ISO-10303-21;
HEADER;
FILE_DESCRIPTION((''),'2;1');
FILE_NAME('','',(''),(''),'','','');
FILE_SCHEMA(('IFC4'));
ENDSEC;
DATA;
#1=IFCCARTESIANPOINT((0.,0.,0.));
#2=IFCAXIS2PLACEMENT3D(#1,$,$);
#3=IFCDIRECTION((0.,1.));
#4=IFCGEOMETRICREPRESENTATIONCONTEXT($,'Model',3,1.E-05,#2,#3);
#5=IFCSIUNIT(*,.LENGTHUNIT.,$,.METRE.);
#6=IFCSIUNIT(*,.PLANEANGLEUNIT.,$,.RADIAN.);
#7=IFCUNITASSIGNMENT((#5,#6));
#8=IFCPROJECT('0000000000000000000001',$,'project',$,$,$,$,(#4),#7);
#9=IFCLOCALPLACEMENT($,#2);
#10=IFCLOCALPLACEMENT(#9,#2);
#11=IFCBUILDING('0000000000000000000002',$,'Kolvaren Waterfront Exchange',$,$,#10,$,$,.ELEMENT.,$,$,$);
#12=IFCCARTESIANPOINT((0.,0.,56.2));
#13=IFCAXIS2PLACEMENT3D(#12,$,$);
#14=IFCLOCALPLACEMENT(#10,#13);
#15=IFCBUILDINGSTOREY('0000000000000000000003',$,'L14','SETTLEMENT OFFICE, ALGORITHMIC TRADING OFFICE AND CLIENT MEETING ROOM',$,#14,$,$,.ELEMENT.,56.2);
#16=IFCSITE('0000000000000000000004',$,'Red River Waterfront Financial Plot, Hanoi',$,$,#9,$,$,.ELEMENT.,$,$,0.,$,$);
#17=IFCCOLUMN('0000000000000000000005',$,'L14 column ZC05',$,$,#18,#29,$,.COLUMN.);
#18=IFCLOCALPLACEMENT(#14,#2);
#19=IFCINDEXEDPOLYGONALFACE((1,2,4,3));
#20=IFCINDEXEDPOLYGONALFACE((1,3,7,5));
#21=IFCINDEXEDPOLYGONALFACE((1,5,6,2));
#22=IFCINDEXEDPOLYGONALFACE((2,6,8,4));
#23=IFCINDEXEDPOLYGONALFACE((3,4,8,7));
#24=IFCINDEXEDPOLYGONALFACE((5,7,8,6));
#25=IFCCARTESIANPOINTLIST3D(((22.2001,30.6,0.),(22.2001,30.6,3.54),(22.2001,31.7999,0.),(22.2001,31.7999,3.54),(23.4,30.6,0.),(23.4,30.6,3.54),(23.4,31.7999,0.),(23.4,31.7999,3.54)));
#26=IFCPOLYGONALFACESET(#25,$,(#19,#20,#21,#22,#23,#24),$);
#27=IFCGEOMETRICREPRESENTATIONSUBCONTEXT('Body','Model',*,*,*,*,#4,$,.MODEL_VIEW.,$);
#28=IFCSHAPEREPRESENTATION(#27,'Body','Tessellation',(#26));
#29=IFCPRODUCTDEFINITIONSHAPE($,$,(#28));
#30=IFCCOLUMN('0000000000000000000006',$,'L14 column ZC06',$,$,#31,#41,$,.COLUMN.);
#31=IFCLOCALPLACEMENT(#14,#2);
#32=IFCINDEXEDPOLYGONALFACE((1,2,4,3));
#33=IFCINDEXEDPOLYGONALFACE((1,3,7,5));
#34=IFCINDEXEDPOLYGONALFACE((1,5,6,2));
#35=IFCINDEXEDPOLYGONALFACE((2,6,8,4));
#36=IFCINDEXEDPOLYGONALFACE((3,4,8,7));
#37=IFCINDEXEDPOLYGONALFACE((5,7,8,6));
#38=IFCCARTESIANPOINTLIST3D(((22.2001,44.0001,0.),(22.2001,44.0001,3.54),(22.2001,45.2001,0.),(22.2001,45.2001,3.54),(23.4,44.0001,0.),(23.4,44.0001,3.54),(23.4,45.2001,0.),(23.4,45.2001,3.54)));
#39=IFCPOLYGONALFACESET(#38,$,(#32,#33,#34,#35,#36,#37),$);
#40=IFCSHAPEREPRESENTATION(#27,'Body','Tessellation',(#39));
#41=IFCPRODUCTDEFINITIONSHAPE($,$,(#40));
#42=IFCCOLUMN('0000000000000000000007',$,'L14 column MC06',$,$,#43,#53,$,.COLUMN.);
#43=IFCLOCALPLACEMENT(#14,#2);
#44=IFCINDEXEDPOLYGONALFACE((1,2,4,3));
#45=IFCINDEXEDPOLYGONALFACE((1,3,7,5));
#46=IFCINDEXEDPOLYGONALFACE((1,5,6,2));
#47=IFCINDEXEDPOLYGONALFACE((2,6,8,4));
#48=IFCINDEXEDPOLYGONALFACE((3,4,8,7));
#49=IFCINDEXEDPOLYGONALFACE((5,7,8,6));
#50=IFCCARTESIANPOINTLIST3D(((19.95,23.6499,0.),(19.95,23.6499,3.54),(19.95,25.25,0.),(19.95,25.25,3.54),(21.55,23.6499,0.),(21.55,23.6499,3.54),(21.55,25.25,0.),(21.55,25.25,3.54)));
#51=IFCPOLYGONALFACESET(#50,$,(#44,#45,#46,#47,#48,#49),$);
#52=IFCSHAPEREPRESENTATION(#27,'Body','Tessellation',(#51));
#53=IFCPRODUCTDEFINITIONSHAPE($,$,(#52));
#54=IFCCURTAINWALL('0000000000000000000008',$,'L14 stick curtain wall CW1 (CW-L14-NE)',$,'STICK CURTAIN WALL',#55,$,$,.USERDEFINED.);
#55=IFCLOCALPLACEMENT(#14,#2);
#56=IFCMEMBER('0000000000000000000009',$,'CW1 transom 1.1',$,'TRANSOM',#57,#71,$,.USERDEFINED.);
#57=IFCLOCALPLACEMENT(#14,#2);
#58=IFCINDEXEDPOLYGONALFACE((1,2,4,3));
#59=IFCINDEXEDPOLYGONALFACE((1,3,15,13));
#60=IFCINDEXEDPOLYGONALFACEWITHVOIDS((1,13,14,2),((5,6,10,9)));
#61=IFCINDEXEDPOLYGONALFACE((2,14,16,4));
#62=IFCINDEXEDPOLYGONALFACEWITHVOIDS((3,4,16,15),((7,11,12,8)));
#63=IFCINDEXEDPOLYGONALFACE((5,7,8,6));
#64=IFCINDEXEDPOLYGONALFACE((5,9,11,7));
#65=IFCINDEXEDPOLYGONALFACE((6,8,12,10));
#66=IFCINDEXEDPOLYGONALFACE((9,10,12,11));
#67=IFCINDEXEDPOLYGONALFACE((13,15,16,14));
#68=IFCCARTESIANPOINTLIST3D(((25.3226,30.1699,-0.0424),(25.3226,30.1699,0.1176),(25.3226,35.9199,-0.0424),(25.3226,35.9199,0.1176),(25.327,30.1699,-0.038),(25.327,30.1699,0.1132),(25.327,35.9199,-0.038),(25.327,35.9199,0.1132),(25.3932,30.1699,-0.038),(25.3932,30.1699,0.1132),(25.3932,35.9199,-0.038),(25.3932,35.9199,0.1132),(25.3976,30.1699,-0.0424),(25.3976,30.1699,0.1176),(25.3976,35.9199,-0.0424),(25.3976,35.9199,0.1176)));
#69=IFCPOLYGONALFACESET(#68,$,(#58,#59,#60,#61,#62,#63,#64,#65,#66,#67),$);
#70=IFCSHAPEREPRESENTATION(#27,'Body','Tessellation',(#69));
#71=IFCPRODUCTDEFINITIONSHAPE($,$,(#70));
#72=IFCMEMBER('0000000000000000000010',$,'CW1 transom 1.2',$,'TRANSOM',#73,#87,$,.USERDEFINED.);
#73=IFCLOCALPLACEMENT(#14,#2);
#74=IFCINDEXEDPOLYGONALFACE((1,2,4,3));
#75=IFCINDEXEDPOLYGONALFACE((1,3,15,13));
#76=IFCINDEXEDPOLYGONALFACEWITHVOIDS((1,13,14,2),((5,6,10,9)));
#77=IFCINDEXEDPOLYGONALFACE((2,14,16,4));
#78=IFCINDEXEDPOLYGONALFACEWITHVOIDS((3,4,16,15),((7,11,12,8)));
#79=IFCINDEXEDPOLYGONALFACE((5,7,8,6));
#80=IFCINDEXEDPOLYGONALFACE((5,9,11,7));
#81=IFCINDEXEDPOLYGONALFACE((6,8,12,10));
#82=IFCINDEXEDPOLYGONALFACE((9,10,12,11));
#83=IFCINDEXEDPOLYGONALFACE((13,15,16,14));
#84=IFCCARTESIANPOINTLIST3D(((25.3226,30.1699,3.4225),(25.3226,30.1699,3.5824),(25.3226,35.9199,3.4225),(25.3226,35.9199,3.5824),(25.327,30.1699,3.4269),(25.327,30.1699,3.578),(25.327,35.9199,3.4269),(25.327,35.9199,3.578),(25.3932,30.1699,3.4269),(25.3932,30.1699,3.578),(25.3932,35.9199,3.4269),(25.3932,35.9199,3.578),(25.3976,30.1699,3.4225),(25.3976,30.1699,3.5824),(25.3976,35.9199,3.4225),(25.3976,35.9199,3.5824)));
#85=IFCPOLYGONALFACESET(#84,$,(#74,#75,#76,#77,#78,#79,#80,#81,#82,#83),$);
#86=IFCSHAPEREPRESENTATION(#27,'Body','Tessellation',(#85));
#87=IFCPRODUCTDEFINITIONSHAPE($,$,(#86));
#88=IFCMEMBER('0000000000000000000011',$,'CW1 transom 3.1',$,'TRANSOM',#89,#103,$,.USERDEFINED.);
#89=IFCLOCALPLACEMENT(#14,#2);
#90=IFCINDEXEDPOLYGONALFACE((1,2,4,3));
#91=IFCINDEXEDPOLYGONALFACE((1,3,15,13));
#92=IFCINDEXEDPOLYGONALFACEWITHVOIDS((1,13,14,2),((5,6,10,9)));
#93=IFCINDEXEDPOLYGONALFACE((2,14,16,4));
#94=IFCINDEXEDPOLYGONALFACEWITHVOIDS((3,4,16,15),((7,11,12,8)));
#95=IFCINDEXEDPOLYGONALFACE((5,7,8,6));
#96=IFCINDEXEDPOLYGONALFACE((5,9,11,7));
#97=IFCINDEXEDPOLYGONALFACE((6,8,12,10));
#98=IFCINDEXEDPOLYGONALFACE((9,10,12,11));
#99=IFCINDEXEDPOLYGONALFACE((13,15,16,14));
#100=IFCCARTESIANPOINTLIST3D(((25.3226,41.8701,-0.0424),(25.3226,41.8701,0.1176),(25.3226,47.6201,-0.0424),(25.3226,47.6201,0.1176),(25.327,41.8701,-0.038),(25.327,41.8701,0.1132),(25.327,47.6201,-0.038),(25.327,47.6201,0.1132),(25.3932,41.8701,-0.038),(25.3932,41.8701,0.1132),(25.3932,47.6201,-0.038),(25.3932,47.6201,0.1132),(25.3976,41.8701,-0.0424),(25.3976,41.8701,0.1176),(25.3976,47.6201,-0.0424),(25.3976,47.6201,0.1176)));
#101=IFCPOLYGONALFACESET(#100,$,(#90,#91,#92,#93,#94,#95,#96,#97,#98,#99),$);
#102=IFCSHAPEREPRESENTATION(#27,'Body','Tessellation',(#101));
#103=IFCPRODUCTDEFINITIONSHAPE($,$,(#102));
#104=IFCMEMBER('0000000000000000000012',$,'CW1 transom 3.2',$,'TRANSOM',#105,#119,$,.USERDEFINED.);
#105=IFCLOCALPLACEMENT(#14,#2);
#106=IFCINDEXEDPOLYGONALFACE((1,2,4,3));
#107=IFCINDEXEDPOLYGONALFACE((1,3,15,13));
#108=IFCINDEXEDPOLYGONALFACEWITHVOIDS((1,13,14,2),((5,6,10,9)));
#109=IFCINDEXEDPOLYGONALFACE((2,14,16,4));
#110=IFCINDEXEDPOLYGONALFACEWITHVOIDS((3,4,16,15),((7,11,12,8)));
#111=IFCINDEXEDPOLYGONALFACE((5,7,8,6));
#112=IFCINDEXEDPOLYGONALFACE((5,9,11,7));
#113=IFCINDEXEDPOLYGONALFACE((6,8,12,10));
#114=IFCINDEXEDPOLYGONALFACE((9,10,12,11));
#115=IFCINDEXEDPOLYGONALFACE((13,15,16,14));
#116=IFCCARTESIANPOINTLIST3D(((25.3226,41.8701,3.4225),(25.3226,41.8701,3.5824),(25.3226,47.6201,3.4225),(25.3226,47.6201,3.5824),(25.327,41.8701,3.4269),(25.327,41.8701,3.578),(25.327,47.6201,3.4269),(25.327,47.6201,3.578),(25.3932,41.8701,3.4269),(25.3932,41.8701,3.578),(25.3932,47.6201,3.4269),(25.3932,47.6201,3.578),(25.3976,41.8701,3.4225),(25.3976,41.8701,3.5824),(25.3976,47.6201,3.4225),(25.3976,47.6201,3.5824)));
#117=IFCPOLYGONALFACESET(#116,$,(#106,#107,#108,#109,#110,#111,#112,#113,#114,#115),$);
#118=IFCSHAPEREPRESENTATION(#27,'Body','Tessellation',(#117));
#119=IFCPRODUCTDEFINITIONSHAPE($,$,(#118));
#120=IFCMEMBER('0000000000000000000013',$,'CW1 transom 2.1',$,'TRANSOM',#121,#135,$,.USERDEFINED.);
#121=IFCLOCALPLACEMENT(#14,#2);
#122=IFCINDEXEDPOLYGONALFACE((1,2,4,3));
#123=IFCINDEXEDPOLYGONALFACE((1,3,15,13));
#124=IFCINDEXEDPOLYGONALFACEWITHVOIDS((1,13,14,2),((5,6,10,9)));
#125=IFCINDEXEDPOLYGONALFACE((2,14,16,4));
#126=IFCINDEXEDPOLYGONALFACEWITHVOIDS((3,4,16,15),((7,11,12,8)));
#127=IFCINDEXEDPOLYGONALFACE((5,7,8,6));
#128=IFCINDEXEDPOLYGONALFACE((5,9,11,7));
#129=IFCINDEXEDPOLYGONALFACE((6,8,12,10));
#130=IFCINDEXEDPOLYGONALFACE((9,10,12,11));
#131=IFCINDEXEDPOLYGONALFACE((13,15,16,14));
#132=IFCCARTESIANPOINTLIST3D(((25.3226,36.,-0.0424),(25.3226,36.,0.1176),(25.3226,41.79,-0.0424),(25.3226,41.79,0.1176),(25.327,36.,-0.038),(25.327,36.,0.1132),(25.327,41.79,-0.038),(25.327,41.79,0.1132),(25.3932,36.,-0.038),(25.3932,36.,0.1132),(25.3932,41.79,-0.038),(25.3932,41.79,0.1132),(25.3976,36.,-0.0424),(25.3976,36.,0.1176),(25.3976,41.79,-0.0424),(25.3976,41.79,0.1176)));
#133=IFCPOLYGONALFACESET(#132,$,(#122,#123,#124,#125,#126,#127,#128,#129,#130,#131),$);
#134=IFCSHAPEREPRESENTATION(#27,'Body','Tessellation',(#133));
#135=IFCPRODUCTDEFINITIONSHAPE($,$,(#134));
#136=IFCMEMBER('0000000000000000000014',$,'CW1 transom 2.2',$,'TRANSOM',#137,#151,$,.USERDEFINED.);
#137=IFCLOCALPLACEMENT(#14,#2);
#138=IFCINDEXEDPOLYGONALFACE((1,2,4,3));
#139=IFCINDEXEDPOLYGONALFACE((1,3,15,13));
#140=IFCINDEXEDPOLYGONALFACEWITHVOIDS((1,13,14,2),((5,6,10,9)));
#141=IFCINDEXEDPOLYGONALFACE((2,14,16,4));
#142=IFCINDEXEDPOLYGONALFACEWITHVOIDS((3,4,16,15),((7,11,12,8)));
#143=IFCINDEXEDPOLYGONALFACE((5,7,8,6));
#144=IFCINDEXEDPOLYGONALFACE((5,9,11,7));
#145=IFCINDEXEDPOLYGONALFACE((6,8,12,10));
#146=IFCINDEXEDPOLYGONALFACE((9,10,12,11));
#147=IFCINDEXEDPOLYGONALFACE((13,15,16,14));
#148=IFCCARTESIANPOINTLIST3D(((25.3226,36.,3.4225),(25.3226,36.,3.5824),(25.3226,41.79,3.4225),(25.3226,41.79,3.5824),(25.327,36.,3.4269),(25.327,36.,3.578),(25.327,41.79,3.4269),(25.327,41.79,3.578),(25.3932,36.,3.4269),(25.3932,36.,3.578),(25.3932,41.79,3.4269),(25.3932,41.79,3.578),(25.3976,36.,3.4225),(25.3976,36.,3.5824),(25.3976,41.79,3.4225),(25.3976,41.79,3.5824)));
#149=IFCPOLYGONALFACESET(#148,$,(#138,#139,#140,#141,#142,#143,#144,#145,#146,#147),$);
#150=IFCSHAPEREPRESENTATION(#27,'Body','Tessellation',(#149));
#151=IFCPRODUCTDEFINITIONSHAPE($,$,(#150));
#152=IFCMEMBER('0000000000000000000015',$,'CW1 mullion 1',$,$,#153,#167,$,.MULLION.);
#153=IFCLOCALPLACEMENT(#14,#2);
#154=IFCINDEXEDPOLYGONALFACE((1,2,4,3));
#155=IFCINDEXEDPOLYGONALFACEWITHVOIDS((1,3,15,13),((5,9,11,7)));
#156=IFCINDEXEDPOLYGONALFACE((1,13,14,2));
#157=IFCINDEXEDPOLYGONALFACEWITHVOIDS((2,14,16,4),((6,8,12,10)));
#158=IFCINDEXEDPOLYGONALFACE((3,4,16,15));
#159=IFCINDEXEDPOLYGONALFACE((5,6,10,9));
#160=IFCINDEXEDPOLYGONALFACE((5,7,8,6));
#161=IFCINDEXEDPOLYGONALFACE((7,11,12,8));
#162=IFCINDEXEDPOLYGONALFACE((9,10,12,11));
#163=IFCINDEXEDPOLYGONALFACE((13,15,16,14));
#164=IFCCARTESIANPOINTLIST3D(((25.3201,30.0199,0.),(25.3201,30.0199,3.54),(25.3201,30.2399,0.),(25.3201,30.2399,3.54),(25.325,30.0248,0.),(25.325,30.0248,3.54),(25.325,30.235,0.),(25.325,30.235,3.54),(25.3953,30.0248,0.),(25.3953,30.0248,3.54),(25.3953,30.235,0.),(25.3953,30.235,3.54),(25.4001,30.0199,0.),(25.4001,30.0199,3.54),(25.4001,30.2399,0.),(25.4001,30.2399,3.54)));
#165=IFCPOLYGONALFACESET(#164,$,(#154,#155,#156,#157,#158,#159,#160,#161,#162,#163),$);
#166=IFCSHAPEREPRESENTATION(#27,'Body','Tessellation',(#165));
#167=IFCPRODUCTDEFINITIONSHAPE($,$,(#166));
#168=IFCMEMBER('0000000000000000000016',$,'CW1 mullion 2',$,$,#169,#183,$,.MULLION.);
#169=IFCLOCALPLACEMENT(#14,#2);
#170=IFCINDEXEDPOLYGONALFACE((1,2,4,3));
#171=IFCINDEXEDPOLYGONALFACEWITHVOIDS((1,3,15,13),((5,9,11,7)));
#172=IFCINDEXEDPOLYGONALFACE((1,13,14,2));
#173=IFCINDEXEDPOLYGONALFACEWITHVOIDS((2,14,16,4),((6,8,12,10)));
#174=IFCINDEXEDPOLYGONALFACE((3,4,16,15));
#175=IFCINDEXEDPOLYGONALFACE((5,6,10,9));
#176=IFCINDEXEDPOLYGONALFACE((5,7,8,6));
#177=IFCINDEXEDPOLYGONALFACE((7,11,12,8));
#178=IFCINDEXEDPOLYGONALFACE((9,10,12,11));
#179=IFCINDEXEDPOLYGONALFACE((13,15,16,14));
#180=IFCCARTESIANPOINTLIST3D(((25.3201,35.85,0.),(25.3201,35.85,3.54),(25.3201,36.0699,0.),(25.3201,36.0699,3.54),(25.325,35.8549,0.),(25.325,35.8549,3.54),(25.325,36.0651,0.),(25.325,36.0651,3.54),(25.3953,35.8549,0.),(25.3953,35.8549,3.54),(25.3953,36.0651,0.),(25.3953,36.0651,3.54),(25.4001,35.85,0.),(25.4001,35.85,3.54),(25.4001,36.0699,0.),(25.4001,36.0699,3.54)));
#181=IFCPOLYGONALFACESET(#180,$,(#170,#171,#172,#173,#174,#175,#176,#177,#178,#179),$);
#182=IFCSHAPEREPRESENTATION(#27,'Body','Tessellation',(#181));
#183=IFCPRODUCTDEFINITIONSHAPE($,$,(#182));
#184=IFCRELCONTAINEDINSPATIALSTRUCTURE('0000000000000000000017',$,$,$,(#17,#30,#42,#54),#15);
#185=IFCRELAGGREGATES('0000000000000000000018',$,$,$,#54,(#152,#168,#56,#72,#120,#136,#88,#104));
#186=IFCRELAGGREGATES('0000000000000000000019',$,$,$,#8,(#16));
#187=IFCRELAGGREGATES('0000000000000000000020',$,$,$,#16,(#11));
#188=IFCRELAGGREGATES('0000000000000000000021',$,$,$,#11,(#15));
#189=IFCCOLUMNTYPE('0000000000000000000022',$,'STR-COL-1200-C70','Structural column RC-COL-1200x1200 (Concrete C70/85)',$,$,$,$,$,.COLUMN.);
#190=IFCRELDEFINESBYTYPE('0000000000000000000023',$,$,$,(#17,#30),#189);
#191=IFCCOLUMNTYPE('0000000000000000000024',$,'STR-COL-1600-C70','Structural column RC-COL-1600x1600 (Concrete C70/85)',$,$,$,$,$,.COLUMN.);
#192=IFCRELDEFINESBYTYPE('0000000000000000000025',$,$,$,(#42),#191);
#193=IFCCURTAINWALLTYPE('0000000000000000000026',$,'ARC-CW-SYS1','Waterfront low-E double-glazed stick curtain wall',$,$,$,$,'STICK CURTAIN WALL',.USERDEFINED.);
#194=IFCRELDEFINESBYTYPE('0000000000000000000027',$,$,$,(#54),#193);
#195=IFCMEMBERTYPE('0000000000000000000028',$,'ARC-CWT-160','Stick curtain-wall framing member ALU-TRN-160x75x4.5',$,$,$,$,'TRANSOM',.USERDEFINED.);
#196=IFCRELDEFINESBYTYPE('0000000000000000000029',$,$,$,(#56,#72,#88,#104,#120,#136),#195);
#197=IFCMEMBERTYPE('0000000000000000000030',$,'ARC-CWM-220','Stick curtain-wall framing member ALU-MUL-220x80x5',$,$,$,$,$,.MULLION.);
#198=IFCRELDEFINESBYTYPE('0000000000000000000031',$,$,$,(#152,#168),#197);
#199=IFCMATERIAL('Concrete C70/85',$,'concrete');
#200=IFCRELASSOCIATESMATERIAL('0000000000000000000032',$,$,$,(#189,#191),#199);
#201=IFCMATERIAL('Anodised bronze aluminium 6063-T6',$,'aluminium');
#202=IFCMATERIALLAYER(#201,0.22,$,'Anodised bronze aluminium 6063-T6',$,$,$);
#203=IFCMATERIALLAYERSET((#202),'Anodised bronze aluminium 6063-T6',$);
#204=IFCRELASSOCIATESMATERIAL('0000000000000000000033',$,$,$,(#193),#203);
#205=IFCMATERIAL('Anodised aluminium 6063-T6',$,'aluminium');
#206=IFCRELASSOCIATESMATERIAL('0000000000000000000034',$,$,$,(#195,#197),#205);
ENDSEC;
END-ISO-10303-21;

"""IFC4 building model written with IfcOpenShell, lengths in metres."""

from ifc_helpers import new_model, si_unit, direction, frame, origin, origin_with_axes, origin_2d, place, context, subcontext, project, spatial, rectangle, hollow_rectangle, extrude, source, transform, mapped, material, layer, layer_set, material_profile, profile_set, type_object, element, aggregate, save


model = new_model("IFC4")

# Units and contexts
model_context = context("Model", 3, precision=1e-05, world=origin(), true_north=direction((0.0, 1.0)))
body_context = subcontext(model_context, "Body", "Model", "MODEL_VIEW")
ifc_project = project(units=[si_unit("LENGTHUNIT", "METRE"), si_unit("PLANEANGLEUNIT", "RADIAN")], contexts=[model_context])

# Site, building, storey
site_placement = place(None, origin())
site = spatial("IfcSite", under=ifc_project, at=site_placement, Name="Red River Waterfront Financial Plot, Hanoi", CompositionType="ELEMENT", RefElevation=0.0)
building_placement = place(site_placement, origin())
building = spatial("IfcBuilding", under=site, at=building_placement, Name="Kolvaren Waterfront Exchange", CompositionType="ELEMENT")
storey_placement = place(building_placement, frame((0.0, 0.0, 56.2)))
storey = spatial("IfcBuildingStorey", under=building, at=storey_placement, Name="L14", Description="SETTLEMENT OFFICE, ALGORITHMIC TRADING OFFICE AND CLIENT MEETING ROOM", CompositionType="ELEMENT", Elevation=56.2)

# Columns
ifc_material_1 = material(Name="Concrete C70/85", Category="concrete")
ifc_material_profile_1 = material_profile(ifc_material_1, rectangle(XDim=1.2, YDim=1.2, at=origin_2d()), Name="RC-COL-1200x1200")
ifc_profile_set_1 = profile_set([ifc_material_profile_1], Name="Concrete C70/85")
column_type_1 = type_object("IfcColumnType", Name="STR-COL-1200-C70", Description="Structural column RC-COL-1200x1200 (Concrete C70/85)", PredefinedType="COLUMN", material=ifc_profile_set_1)
for number, where, z_axis, x_axis, name in (
    (1, (22.8, 31.2, 0.0), (0.0, 0.0, 1.0), (1.0, 0.0, 0.0), "L14 column ZC05"),
    (2, (22.8, 44.6001, 0.0), (0.0, 0.0, 1.0), (1.0, 0.0, 0.0), "L14 column ZC06"),
):
    element("IfcColumn", number, at=place(storey_placement, frame(where, z_axis=z_axis, x_axis=x_axis)), inside=storey, type_object=column_type_1, Name=name, PredefinedType="COLUMN", context=body_context, shape_type="SweptSolid", body=[
        extrude(rectangle(XDim=1.2, YDim=1.2, at=origin_2d()), origin(), (0.0, 0.0, 1.0), 3.54),
    ])
ifc_material_profile_2 = material_profile(ifc_material_1, rectangle(XDim=1.6001, YDim=1.6001, at=origin_2d()), Name="RC-COL-1600x1600")
ifc_profile_set_2 = profile_set([ifc_material_profile_2], Name="Concrete C70/85")
column_type_2 = type_object("IfcColumnType", Name="STR-COL-1600-C70", Description="Structural column RC-COL-1600x1600 (Concrete C70/85)", PredefinedType="COLUMN", material=ifc_profile_set_2)
column_placement = place(storey_placement, frame((20.75, 24.45, 0.0), z_axis=(0.0, 0.0, 1.0), x_axis=(1.0, 0.0, 0.0)))
element("IfcColumn", 3, at=column_placement, inside=storey, type_object=column_type_2, Name="L14 column MC06", PredefinedType="COLUMN", context=body_context, shape_type="SweptSolid", body=[
    extrude(rectangle(XDim=1.6001, YDim=1.6001, at=origin_2d()), origin(), (0.0, 0.0, 1.0), 3.54),
])

# Curtain wall, members
ifc_material_2 = material(Name="Anodised bronze aluminium 6063-T6", Category="aluminium")
ifc_layer_1 = layer(ifc_material_2, 0.22, Name="Anodised bronze aluminium 6063-T6")
ifc_layer_set_1 = layer_set([ifc_layer_1], Name="Anodised bronze aluminium 6063-T6")
curtain_wall_type = type_object("IfcCurtainWallType", Name="ARC-CW-SYS1", Description="Waterfront low-E double-glazed stick curtain wall", ElementType="STICK CURTAIN WALL", PredefinedType="USERDEFINED", material=ifc_layer_set_1)
curtain_wall_placement = place(storey_placement, origin())
curtain_wall = element("IfcCurtainWall", 4, at=curtain_wall_placement, inside=storey, type_object=curtain_wall_type, Name="L14 stick curtain wall CW1 (CW-L14-NE)", ObjectType="STICK CURTAIN WALL", PredefinedType="USERDEFINED")
ifc_material_3 = material(Name="Anodised aluminium 6063-T6", Category="aluminium")
ifc_material_profile_3 = material_profile(ifc_material_3, hollow_rectangle(XDim=0.075, YDim=0.1599, WallThickness=0.0044, at=origin_2d()), Name="ALU-TRN-160x75x4.5")
ifc_profile_set_3 = profile_set([ifc_material_profile_3], Name="Anodised aluminium 6063-T6")
member_type_1 = type_object("IfcMemberType", Name="ARC-CWT-160", Description="Stick curtain-wall framing member ALU-TRN-160x75x4.5", ElementType="TRANSOM", PredefinedType="USERDEFINED", material=ifc_profile_set_3)
shared_shape_1 = source(origin_with_axes(), body_context, "Body", "SweptSolid", [
    extrude(hollow_rectangle(XDim=0.075, YDim=0.1599, WallThickness=0.0044, at=origin_2d()), origin(), (0.0, 0.0, 1.0), 5.75),
])
member_1_placement = place(storey_placement, frame((25.3601, 30.1699, 0.0376), z_axis=(0.0, 1.0, 0.0), x_axis=(-1.0, 0.0, 0.0)))
member_1 = element("IfcMember", 5, at=member_1_placement, type_object=member_type_1, Name="CW1 transom 1.1", ObjectType="TRANSOM", PredefinedType="USERDEFINED", context=body_context, shape_type="MappedRepresentation", body=[
    mapped(shared_shape_1, transform((0.0, 0.0, 0.0), x_axis=(1.0, 0.0, 0.0), y_axis=(0.0, 1.0, 0.0), z_axis=(0.0, 0.0, 1.0), scale=1.0)),
])
member_2_placement = place(storey_placement, frame((25.3601, 30.1699, 3.5024), z_axis=(0.0, 1.0, 0.0), x_axis=(-1.0, 0.0, 0.0)))
member_2 = element("IfcMember", 6, at=member_2_placement, type_object=member_type_1, Name="CW1 transom 1.2", ObjectType="TRANSOM", PredefinedType="USERDEFINED", context=body_context, shape_type="MappedRepresentation", body=[
    mapped(shared_shape_1, transform((0.0, 0.0, 0.0), x_axis=(1.0, 0.0, 0.0), y_axis=(0.0, 1.0, 0.0), z_axis=(0.0, 0.0, 1.0), scale=1.0)),
])
member_3_placement = place(storey_placement, frame((25.3601, 41.8701, 0.0376), z_axis=(0.0, 1.0, 0.0), x_axis=(-1.0, 0.0, 0.0)))
member_3 = element("IfcMember", 7, at=member_3_placement, type_object=member_type_1, Name="CW1 transom 3.1", ObjectType="TRANSOM", PredefinedType="USERDEFINED", context=body_context, shape_type="MappedRepresentation", body=[
    mapped(shared_shape_1, transform((0.0, 0.0, 0.0), x_axis=(1.0, 0.0, 0.0), y_axis=(0.0, 1.0, 0.0), z_axis=(0.0, 0.0, 1.0), scale=1.0)),
])
member_4_placement = place(storey_placement, frame((25.3601, 41.8701, 3.5024), z_axis=(0.0, 1.0, 0.0), x_axis=(-1.0, 0.0, 0.0)))
member_4 = element("IfcMember", 8, at=member_4_placement, type_object=member_type_1, Name="CW1 transom 3.2", ObjectType="TRANSOM", PredefinedType="USERDEFINED", context=body_context, shape_type="MappedRepresentation", body=[
    mapped(shared_shape_1, transform((0.0, 0.0, 0.0), x_axis=(1.0, 0.0, 0.0), y_axis=(0.0, 1.0, 0.0), z_axis=(0.0, 0.0, 1.0), scale=1.0)),
])
shared_shape_2 = source(origin_with_axes(), body_context, "Body", "SweptSolid", [
    extrude(hollow_rectangle(XDim=0.075, YDim=0.1599, WallThickness=0.0044, at=origin_2d()), origin(), (0.0, 0.0, 1.0), 5.79),
])
member_5_placement = place(storey_placement, frame((25.3601, 36.0, 0.0376), z_axis=(0.0, 1.0, 0.0), x_axis=(-1.0, 0.0, 0.0)))
member_5 = element("IfcMember", 9, at=member_5_placement, type_object=member_type_1, Name="CW1 transom 2.1", ObjectType="TRANSOM", PredefinedType="USERDEFINED", context=body_context, shape_type="MappedRepresentation", body=[
    mapped(shared_shape_2, transform((0.0, 0.0, 0.0), x_axis=(1.0, 0.0, 0.0), y_axis=(0.0, 1.0, 0.0), z_axis=(0.0, 0.0, 1.0), scale=1.0)),
])
member_6_placement = place(storey_placement, frame((25.3601, 36.0, 3.5024), z_axis=(0.0, 1.0, 0.0), x_axis=(-1.0, 0.0, 0.0)))
member_6 = element("IfcMember", 10, at=member_6_placement, type_object=member_type_1, Name="CW1 transom 2.2", ObjectType="TRANSOM", PredefinedType="USERDEFINED", context=body_context, shape_type="MappedRepresentation", body=[
    mapped(shared_shape_2, transform((0.0, 0.0, 0.0), x_axis=(1.0, 0.0, 0.0), y_axis=(0.0, 1.0, 0.0), z_axis=(0.0, 0.0, 1.0), scale=1.0)),
])
ifc_material_profile_4 = material_profile(ifc_material_3, hollow_rectangle(XDim=0.0801, YDim=0.22, WallThickness=0.0049, at=origin_2d()), Name="ALU-MUL-220x80x5")
ifc_profile_set_4 = profile_set([ifc_material_profile_4], Name="Anodised aluminium 6063-T6")
member_type_2 = type_object("IfcMemberType", Name="ARC-CWM-220", Description="Stick curtain-wall framing member ALU-MUL-220x80x5", PredefinedType="MULLION", material=ifc_profile_set_4)
shared_shape_3 = source(origin_with_axes(), body_context, "Body", "SweptSolid", [
    extrude(hollow_rectangle(XDim=0.0801, YDim=0.22, WallThickness=0.0049, at=origin_2d()), origin(), (0.0, 0.0, 1.0), 3.54),
])
member_7_placement = place(storey_placement, frame((25.3601, 30.1299, 0.0), z_axis=(0.0, 0.0, 1.0), x_axis=(-1.0, 0.0, 0.0)))
member_7 = element("IfcMember", 11, at=member_7_placement, type_object=member_type_2, Name="CW1 mullion 1", PredefinedType="MULLION", context=body_context, shape_type="MappedRepresentation", body=[
    mapped(shared_shape_3, transform((0.0, 0.0, 0.0), x_axis=(1.0, 0.0, 0.0), y_axis=(0.0, 1.0, 0.0), z_axis=(0.0, 0.0, 1.0), scale=1.0)),
])
member_8_placement = place(storey_placement, frame((25.3601, 35.96, 0.0), z_axis=(0.0, 0.0, 1.0), x_axis=(-1.0, 0.0, 0.0)))
member_8 = element("IfcMember", 12, at=member_8_placement, type_object=member_type_2, Name="CW1 mullion 2", PredefinedType="MULLION", context=body_context, shape_type="MappedRepresentation", body=[
    mapped(shared_shape_3, transform((0.0, 0.0, 0.0), x_axis=(1.0, 0.0, 0.0), y_axis=(0.0, 1.0, 0.0), z_axis=(0.0, 0.0, 1.0), scale=1.0)),
])
aggregate(curtain_wall, [member_7, member_8, member_1, member_2, member_5, member_6, member_3, member_4])

save(model, "model.ifc")
